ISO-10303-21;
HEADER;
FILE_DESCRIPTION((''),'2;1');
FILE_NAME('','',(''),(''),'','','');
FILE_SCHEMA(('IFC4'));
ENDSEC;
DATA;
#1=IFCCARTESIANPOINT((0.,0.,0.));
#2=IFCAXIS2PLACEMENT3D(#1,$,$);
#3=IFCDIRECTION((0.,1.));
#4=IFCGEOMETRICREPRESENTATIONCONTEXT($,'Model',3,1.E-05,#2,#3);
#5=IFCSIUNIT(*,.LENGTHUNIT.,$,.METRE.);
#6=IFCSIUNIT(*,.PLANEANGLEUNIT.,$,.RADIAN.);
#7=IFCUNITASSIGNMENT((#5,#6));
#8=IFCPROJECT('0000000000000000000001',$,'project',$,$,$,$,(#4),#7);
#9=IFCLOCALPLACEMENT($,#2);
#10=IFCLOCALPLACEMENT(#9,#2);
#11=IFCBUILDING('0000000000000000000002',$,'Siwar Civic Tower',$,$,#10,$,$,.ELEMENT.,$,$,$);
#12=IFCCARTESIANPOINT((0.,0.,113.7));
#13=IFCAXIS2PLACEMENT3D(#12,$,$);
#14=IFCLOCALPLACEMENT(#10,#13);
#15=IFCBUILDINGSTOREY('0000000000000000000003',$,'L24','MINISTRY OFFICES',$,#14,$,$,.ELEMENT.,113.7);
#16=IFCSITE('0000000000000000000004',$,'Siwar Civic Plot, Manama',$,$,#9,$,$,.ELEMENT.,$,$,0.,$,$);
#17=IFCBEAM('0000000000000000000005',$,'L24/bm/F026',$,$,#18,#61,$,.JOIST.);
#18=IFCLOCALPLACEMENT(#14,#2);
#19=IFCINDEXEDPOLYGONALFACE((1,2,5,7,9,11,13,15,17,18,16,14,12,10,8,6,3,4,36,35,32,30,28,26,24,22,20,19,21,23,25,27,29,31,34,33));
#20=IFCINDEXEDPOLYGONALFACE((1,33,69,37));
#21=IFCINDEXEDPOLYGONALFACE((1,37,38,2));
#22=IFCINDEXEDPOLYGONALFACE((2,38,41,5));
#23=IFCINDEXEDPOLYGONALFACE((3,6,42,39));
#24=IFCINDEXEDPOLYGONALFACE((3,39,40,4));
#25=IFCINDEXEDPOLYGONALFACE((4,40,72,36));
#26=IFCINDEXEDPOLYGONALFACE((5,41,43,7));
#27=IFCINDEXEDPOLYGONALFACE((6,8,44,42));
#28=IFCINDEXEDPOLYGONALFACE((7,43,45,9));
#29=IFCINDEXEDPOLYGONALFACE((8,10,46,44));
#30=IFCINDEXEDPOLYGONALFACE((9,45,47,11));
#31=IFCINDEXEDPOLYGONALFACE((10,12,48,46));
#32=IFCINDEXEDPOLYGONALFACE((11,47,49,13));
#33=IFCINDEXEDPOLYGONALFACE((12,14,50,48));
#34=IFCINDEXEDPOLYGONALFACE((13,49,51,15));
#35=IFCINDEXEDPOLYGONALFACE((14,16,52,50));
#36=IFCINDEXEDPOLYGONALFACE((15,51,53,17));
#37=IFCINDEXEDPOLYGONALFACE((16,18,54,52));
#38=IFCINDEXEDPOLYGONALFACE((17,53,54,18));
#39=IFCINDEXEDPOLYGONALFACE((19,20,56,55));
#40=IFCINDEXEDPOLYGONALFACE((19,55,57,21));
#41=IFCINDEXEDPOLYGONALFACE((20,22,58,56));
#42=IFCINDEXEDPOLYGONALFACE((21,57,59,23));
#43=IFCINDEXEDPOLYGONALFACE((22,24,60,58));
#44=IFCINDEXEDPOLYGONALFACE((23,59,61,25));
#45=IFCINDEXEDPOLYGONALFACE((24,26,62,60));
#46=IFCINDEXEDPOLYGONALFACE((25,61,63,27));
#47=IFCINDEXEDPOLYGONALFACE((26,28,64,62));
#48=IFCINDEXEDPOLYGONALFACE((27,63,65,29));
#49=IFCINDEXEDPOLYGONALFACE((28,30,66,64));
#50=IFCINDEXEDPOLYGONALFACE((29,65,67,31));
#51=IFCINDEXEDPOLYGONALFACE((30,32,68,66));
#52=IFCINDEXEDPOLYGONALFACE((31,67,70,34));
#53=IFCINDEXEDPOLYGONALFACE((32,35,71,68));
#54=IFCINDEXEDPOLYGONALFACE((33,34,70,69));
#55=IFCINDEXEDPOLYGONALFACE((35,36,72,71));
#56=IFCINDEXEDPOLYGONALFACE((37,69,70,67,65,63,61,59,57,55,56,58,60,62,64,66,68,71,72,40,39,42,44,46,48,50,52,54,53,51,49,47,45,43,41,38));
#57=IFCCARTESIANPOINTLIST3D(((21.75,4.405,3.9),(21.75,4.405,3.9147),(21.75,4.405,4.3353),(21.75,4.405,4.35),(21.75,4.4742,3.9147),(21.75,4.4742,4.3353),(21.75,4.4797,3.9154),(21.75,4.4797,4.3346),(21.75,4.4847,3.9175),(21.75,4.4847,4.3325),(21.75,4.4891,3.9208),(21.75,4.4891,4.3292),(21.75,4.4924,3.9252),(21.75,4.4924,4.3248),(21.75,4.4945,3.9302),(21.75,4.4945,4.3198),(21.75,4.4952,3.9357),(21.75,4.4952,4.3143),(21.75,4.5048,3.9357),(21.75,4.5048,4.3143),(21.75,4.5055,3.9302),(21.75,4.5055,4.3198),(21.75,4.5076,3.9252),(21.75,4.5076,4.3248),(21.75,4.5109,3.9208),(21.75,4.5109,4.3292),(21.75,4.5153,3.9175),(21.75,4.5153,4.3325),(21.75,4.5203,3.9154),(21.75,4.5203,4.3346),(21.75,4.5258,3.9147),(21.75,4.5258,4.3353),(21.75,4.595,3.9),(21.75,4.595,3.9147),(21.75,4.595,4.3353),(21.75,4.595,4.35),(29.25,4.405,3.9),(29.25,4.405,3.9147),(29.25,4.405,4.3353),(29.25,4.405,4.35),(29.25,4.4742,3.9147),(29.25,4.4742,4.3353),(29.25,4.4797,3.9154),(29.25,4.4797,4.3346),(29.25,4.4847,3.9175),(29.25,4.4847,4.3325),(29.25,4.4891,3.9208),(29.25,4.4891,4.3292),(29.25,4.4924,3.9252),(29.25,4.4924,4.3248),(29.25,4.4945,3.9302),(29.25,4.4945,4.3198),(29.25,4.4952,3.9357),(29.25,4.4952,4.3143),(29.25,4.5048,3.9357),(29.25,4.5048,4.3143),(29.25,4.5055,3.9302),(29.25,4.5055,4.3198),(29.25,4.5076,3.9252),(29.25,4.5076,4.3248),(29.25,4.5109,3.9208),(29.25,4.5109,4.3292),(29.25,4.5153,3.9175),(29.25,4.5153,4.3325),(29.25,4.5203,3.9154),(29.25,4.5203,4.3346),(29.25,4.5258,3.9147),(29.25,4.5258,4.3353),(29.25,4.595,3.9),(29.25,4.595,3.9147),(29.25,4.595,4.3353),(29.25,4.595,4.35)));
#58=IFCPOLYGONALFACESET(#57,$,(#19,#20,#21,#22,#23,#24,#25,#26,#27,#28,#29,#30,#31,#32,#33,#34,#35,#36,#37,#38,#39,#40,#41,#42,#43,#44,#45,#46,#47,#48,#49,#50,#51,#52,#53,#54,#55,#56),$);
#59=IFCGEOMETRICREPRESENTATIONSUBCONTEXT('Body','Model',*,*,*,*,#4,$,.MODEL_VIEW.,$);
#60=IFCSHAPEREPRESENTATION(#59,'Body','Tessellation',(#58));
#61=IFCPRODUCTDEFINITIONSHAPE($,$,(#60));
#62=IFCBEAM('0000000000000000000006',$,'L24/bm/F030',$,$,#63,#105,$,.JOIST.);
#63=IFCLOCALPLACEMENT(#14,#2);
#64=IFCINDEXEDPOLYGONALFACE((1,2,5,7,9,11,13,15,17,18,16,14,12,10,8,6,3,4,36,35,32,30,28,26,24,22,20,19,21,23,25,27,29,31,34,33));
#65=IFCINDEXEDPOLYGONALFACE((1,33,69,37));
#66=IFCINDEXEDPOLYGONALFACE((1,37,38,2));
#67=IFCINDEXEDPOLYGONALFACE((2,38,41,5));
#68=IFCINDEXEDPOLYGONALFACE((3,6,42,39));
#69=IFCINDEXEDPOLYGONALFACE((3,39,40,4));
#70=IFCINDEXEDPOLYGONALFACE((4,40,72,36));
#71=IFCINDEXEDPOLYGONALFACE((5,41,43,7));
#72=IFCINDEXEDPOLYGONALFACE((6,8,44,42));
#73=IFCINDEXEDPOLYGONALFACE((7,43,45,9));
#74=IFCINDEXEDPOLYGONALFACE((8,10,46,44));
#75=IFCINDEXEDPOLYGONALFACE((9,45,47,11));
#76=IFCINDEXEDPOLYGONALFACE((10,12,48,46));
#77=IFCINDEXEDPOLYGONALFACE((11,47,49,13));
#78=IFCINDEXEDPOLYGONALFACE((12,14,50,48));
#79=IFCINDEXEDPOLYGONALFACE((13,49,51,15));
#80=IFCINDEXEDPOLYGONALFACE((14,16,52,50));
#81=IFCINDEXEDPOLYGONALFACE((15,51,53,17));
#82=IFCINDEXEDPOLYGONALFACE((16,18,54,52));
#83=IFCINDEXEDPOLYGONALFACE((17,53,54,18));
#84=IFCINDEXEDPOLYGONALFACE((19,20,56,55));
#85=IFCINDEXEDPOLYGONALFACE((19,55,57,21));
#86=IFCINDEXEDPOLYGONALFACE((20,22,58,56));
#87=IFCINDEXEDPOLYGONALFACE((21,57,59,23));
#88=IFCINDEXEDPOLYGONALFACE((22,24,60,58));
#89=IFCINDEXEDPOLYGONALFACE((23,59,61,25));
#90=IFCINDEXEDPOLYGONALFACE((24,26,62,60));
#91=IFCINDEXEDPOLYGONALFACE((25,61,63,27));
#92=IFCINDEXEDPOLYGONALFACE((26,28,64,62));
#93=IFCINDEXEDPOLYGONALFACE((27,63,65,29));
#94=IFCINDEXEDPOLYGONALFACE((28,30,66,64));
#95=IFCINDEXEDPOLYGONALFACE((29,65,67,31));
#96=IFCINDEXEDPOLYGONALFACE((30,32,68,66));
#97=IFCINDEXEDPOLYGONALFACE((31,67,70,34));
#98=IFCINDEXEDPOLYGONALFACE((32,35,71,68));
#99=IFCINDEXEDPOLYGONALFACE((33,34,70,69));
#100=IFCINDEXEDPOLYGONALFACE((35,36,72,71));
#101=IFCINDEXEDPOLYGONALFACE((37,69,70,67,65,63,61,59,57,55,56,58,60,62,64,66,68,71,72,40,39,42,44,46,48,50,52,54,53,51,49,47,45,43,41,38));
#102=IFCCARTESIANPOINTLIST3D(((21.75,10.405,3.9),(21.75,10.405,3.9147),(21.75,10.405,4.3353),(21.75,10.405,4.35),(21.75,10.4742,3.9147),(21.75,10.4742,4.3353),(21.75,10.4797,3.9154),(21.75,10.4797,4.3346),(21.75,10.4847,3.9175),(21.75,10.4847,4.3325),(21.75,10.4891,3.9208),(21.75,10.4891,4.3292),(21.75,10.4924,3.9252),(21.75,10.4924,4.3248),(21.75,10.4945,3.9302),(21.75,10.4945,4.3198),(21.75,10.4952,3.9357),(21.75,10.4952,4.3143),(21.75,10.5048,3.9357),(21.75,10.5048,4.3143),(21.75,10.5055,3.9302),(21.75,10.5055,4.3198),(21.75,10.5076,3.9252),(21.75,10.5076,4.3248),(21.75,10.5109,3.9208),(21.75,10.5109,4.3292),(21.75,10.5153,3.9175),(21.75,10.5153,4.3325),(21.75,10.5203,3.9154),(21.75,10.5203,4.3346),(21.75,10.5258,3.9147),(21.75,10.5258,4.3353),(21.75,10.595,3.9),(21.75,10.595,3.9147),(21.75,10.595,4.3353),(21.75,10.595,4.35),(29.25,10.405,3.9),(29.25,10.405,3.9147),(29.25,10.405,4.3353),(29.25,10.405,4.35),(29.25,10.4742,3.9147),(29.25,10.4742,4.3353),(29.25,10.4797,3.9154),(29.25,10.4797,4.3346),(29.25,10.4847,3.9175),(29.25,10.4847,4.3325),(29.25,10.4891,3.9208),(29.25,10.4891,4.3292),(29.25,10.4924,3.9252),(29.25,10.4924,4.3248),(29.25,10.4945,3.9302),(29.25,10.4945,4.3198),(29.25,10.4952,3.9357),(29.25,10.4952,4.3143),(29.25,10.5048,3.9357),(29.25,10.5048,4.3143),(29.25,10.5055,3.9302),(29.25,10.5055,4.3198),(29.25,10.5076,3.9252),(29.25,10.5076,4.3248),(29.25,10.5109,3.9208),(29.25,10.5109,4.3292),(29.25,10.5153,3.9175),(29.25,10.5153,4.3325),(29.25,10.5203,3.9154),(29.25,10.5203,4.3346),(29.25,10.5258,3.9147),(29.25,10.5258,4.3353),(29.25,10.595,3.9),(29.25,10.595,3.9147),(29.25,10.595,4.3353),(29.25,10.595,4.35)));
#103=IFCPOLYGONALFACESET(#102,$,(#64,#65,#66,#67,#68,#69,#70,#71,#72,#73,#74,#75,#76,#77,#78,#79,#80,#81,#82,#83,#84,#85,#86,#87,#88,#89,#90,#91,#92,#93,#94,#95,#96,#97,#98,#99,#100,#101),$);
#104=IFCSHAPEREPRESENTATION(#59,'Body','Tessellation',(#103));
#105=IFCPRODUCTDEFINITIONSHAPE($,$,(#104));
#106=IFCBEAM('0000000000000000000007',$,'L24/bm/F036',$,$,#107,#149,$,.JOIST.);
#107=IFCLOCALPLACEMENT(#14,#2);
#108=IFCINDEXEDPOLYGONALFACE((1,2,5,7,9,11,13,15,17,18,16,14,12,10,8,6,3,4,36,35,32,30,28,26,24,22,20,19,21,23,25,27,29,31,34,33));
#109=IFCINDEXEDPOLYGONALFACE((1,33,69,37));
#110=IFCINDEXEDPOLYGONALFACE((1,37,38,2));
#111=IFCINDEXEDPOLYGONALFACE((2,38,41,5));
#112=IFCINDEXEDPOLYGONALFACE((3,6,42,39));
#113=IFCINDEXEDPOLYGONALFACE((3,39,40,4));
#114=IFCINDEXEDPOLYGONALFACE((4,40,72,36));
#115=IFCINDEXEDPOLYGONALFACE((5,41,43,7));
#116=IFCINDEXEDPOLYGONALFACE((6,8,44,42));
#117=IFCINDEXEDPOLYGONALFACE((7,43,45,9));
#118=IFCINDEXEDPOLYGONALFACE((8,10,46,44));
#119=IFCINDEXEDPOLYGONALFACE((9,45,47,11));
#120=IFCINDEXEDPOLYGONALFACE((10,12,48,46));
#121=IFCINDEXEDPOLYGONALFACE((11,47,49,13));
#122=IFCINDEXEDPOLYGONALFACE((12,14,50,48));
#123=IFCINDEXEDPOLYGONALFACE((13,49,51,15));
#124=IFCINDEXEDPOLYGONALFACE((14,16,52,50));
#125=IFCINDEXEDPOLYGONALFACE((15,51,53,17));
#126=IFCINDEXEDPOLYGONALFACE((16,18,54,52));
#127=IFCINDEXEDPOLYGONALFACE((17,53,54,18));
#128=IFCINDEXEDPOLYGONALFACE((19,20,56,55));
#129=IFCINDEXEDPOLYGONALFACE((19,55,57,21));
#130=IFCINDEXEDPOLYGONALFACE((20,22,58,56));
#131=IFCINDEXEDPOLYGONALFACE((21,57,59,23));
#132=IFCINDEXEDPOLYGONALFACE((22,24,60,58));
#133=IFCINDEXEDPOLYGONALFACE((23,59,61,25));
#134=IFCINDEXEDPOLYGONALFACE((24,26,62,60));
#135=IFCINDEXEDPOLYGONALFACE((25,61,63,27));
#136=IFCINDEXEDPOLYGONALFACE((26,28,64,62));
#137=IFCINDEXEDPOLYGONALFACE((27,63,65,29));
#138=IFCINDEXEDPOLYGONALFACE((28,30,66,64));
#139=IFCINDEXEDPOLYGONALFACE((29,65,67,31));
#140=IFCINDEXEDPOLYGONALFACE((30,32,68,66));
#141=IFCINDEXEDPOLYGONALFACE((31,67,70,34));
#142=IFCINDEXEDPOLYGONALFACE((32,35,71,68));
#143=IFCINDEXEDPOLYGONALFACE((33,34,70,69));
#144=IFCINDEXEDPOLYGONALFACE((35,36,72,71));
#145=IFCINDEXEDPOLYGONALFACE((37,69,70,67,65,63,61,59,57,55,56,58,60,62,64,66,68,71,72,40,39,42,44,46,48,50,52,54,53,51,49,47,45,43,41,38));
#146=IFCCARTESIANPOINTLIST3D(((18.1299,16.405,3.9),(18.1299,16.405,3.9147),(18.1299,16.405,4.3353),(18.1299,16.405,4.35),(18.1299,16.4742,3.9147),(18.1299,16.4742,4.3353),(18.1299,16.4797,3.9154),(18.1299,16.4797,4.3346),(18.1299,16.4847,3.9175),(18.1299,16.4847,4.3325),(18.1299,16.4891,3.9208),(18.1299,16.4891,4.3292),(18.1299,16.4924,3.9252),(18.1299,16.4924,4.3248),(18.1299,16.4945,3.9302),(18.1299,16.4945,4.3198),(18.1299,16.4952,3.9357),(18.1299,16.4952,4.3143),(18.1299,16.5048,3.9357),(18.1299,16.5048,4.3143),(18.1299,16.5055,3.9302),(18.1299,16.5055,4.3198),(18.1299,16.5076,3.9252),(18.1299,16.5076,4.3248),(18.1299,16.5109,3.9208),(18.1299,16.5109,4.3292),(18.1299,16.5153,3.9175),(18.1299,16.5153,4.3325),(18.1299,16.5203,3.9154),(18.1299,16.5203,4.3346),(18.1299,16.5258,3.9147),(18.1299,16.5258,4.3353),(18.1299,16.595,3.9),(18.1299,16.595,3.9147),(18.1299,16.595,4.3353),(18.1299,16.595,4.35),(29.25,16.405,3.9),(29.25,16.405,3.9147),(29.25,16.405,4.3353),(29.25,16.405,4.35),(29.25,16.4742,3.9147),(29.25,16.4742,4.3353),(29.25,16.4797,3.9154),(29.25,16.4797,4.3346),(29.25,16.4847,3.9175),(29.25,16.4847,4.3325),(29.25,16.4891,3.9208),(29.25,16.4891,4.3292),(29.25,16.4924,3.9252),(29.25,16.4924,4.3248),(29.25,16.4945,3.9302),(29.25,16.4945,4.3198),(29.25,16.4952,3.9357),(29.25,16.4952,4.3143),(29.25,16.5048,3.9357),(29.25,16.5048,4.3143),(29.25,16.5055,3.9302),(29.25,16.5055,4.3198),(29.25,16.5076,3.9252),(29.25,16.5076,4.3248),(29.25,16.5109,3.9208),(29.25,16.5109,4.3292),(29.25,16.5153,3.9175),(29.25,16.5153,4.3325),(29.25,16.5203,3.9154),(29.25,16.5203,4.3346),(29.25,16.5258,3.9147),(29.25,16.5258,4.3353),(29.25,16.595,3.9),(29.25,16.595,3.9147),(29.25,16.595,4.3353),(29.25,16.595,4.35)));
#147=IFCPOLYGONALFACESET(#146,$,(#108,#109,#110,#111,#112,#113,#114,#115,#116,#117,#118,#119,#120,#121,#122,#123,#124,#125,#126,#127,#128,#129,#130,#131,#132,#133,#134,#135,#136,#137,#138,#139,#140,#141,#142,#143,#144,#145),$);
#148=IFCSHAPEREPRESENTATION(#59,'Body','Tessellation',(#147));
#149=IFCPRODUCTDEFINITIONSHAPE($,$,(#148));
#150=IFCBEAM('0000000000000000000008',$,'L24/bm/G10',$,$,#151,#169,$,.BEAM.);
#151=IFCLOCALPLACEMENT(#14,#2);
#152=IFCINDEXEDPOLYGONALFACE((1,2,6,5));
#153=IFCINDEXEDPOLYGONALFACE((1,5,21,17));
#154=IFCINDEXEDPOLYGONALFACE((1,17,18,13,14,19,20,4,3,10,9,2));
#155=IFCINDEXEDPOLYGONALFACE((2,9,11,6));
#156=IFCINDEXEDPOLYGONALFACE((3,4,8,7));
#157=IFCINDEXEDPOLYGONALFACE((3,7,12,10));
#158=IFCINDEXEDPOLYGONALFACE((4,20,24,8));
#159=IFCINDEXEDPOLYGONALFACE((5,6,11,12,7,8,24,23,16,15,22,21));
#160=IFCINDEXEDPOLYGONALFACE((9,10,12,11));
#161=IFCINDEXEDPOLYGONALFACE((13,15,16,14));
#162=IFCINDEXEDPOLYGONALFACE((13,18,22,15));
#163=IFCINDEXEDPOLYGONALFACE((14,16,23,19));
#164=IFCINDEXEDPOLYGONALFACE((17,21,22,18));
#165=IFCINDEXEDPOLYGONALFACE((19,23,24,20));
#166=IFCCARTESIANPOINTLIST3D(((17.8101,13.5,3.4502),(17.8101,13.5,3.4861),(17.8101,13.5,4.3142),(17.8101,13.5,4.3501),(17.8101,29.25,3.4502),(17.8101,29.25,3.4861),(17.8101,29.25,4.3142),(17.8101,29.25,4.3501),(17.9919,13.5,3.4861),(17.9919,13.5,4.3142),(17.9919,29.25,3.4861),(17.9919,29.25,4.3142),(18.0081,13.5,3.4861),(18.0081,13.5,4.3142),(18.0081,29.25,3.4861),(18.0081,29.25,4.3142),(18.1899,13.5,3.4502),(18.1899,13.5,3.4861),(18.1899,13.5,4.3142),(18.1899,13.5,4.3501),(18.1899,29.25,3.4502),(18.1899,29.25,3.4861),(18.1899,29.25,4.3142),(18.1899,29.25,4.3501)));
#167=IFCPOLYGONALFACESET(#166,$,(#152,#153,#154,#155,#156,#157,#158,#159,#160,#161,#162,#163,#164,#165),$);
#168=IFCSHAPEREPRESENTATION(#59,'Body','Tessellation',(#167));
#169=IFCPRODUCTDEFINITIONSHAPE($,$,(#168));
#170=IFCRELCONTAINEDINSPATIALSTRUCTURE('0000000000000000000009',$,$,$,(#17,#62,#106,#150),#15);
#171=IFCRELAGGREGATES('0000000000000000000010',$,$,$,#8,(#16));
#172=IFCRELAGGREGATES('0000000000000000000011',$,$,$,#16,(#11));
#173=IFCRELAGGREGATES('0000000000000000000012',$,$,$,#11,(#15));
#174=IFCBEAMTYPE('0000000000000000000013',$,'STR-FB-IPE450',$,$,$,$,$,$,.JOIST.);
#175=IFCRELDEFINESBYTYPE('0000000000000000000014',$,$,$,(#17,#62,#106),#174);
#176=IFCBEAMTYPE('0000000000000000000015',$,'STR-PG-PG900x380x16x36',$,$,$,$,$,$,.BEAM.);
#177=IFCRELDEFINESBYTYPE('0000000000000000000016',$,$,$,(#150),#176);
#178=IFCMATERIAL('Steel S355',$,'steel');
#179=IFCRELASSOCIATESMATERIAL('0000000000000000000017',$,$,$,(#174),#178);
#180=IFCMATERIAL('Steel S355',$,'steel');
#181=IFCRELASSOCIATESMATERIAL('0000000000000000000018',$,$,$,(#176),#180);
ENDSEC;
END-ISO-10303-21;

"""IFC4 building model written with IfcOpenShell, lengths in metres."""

from ifc_helpers import new_model, si_unit, direction, frame, origin, origin_2d, place, context, subcontext, project, spatial, i_section, extrude, material, material_profile, profile_set, type_object, element, save


model = new_model("IFC4")

# Units and contexts
model_context = context("Model", 3, precision=1e-05, world=origin(), true_north=direction((0.0, 1.0)))
body_context = subcontext(model_context, "Body", "Model", "MODEL_VIEW")
ifc_project = project(units=[si_unit("LENGTHUNIT", "METRE"), si_unit("PLANEANGLEUNIT", "RADIAN")], contexts=[model_context])

# Site, building, storey
site_placement = place(None, origin())
site = spatial("IfcSite", under=ifc_project, at=site_placement, Name="Siwar Civic Plot, Manama", CompositionType="ELEMENT", RefElevation=0.0)
building_placement = place(site_placement, origin())
building = spatial("IfcBuilding", under=site, at=building_placement, Name="Siwar Civic Tower", CompositionType="ELEMENT")
storey_placement = place(building_placement, frame((0.0, 0.0, 113.7)))
storey = spatial("IfcBuildingStorey", under=building, at=storey_placement, Name="L24", Description="MINISTRY OFFICES", CompositionType="ELEMENT", Elevation=113.7)

# Beams
ifc_material_1 = material(Name="Steel S355", Category="steel")
ifc_material_profile_1 = material_profile(ifc_material_1, i_section(OverallWidth=0.1899, OverallDepth=0.45, WebThickness=0.0095, FlangeThickness=0.0146, FilletRadius=0.021, at=origin_2d()), Name="IPE450")
ifc_profile_set_1 = profile_set([ifc_material_profile_1], Name="Steel S355")
beam_type_1 = type_object("IfcBeamType", Name="STR-FB-IPE450", PredefinedType="JOIST", material=ifc_profile_set_1)
for number, where, z_axis, x_axis, name in (
    (1, (21.75, 4.5, 4.125), (1.0, 0.0, 0.0), (0.0, 1.0, 0.0), "L24/bm/F026"),
    (2, (21.75, 10.5, 4.125), (1.0, 0.0, 0.0), (0.0, 1.0, 0.0), "L24/bm/F030"),
):
    element("IfcBeam", number, at=place(storey_placement, frame(where, z_axis=z_axis, x_axis=x_axis)), inside=storey, type_object=beam_type_1, Name=name, PredefinedType="JOIST", context=body_context, shape_type="SweptSolid", body=[
        extrude(i_section(OverallWidth=0.1899, OverallDepth=0.45, WebThickness=0.0095, FlangeThickness=0.0146, FilletRadius=0.021, at=origin_2d()), origin(), (0.0, 0.0, 1.0), 7.5),
    ])
beam_1_placement = place(storey_placement, frame((18.1299, 16.5, 4.125), z_axis=(1.0, 0.0, 0.0), x_axis=(0.0, 1.0, 0.0)))
element("IfcBeam", 3, at=beam_1_placement, inside=storey, type_object=beam_type_1, Name="L24/bm/F036", PredefinedType="JOIST", context=body_context, shape_type="SweptSolid", body=[
    extrude(i_section(OverallWidth=0.1899, OverallDepth=0.45, WebThickness=0.0095, FlangeThickness=0.0146, FilletRadius=0.021, at=origin_2d()), origin(), (0.0, 0.0, 1.0), 11.1201),
])
ifc_material_2 = material(Name="Steel S355", Category="steel")
ifc_material_profile_2 = material_profile(ifc_material_2, i_section(OverallWidth=0.3799, OverallDepth=0.8999, WebThickness=0.0161, FlangeThickness=0.0359, at=origin_2d()), Name="PG900x380x16x36")
ifc_profile_set_2 = profile_set([ifc_material_profile_2], Name="Steel S355")
beam_type_2 = type_object("IfcBeamType", Name="STR-PG-PG900x380x16x36", PredefinedType="BEAM", material=ifc_profile_set_2)
beam_2_placement = place(storey_placement, frame((18.0, 13.5, 3.9001), z_axis=(0.0, 1.0, 0.0), x_axis=(-1.0, 0.0, 0.0)))
element("IfcBeam", 4, at=beam_2_placement, inside=storey, type_object=beam_type_2, Name="L24/bm/G10", PredefinedType="BEAM", context=body_context, shape_type="SweptSolid", body=[
    extrude(i_section(OverallWidth=0.3799, OverallDepth=0.8999, WebThickness=0.0161, FlangeThickness=0.0359, at=origin_2d()), origin(), (0.0, 0.0, 1.0), 15.75),
])

save(model, "model.ifc")
